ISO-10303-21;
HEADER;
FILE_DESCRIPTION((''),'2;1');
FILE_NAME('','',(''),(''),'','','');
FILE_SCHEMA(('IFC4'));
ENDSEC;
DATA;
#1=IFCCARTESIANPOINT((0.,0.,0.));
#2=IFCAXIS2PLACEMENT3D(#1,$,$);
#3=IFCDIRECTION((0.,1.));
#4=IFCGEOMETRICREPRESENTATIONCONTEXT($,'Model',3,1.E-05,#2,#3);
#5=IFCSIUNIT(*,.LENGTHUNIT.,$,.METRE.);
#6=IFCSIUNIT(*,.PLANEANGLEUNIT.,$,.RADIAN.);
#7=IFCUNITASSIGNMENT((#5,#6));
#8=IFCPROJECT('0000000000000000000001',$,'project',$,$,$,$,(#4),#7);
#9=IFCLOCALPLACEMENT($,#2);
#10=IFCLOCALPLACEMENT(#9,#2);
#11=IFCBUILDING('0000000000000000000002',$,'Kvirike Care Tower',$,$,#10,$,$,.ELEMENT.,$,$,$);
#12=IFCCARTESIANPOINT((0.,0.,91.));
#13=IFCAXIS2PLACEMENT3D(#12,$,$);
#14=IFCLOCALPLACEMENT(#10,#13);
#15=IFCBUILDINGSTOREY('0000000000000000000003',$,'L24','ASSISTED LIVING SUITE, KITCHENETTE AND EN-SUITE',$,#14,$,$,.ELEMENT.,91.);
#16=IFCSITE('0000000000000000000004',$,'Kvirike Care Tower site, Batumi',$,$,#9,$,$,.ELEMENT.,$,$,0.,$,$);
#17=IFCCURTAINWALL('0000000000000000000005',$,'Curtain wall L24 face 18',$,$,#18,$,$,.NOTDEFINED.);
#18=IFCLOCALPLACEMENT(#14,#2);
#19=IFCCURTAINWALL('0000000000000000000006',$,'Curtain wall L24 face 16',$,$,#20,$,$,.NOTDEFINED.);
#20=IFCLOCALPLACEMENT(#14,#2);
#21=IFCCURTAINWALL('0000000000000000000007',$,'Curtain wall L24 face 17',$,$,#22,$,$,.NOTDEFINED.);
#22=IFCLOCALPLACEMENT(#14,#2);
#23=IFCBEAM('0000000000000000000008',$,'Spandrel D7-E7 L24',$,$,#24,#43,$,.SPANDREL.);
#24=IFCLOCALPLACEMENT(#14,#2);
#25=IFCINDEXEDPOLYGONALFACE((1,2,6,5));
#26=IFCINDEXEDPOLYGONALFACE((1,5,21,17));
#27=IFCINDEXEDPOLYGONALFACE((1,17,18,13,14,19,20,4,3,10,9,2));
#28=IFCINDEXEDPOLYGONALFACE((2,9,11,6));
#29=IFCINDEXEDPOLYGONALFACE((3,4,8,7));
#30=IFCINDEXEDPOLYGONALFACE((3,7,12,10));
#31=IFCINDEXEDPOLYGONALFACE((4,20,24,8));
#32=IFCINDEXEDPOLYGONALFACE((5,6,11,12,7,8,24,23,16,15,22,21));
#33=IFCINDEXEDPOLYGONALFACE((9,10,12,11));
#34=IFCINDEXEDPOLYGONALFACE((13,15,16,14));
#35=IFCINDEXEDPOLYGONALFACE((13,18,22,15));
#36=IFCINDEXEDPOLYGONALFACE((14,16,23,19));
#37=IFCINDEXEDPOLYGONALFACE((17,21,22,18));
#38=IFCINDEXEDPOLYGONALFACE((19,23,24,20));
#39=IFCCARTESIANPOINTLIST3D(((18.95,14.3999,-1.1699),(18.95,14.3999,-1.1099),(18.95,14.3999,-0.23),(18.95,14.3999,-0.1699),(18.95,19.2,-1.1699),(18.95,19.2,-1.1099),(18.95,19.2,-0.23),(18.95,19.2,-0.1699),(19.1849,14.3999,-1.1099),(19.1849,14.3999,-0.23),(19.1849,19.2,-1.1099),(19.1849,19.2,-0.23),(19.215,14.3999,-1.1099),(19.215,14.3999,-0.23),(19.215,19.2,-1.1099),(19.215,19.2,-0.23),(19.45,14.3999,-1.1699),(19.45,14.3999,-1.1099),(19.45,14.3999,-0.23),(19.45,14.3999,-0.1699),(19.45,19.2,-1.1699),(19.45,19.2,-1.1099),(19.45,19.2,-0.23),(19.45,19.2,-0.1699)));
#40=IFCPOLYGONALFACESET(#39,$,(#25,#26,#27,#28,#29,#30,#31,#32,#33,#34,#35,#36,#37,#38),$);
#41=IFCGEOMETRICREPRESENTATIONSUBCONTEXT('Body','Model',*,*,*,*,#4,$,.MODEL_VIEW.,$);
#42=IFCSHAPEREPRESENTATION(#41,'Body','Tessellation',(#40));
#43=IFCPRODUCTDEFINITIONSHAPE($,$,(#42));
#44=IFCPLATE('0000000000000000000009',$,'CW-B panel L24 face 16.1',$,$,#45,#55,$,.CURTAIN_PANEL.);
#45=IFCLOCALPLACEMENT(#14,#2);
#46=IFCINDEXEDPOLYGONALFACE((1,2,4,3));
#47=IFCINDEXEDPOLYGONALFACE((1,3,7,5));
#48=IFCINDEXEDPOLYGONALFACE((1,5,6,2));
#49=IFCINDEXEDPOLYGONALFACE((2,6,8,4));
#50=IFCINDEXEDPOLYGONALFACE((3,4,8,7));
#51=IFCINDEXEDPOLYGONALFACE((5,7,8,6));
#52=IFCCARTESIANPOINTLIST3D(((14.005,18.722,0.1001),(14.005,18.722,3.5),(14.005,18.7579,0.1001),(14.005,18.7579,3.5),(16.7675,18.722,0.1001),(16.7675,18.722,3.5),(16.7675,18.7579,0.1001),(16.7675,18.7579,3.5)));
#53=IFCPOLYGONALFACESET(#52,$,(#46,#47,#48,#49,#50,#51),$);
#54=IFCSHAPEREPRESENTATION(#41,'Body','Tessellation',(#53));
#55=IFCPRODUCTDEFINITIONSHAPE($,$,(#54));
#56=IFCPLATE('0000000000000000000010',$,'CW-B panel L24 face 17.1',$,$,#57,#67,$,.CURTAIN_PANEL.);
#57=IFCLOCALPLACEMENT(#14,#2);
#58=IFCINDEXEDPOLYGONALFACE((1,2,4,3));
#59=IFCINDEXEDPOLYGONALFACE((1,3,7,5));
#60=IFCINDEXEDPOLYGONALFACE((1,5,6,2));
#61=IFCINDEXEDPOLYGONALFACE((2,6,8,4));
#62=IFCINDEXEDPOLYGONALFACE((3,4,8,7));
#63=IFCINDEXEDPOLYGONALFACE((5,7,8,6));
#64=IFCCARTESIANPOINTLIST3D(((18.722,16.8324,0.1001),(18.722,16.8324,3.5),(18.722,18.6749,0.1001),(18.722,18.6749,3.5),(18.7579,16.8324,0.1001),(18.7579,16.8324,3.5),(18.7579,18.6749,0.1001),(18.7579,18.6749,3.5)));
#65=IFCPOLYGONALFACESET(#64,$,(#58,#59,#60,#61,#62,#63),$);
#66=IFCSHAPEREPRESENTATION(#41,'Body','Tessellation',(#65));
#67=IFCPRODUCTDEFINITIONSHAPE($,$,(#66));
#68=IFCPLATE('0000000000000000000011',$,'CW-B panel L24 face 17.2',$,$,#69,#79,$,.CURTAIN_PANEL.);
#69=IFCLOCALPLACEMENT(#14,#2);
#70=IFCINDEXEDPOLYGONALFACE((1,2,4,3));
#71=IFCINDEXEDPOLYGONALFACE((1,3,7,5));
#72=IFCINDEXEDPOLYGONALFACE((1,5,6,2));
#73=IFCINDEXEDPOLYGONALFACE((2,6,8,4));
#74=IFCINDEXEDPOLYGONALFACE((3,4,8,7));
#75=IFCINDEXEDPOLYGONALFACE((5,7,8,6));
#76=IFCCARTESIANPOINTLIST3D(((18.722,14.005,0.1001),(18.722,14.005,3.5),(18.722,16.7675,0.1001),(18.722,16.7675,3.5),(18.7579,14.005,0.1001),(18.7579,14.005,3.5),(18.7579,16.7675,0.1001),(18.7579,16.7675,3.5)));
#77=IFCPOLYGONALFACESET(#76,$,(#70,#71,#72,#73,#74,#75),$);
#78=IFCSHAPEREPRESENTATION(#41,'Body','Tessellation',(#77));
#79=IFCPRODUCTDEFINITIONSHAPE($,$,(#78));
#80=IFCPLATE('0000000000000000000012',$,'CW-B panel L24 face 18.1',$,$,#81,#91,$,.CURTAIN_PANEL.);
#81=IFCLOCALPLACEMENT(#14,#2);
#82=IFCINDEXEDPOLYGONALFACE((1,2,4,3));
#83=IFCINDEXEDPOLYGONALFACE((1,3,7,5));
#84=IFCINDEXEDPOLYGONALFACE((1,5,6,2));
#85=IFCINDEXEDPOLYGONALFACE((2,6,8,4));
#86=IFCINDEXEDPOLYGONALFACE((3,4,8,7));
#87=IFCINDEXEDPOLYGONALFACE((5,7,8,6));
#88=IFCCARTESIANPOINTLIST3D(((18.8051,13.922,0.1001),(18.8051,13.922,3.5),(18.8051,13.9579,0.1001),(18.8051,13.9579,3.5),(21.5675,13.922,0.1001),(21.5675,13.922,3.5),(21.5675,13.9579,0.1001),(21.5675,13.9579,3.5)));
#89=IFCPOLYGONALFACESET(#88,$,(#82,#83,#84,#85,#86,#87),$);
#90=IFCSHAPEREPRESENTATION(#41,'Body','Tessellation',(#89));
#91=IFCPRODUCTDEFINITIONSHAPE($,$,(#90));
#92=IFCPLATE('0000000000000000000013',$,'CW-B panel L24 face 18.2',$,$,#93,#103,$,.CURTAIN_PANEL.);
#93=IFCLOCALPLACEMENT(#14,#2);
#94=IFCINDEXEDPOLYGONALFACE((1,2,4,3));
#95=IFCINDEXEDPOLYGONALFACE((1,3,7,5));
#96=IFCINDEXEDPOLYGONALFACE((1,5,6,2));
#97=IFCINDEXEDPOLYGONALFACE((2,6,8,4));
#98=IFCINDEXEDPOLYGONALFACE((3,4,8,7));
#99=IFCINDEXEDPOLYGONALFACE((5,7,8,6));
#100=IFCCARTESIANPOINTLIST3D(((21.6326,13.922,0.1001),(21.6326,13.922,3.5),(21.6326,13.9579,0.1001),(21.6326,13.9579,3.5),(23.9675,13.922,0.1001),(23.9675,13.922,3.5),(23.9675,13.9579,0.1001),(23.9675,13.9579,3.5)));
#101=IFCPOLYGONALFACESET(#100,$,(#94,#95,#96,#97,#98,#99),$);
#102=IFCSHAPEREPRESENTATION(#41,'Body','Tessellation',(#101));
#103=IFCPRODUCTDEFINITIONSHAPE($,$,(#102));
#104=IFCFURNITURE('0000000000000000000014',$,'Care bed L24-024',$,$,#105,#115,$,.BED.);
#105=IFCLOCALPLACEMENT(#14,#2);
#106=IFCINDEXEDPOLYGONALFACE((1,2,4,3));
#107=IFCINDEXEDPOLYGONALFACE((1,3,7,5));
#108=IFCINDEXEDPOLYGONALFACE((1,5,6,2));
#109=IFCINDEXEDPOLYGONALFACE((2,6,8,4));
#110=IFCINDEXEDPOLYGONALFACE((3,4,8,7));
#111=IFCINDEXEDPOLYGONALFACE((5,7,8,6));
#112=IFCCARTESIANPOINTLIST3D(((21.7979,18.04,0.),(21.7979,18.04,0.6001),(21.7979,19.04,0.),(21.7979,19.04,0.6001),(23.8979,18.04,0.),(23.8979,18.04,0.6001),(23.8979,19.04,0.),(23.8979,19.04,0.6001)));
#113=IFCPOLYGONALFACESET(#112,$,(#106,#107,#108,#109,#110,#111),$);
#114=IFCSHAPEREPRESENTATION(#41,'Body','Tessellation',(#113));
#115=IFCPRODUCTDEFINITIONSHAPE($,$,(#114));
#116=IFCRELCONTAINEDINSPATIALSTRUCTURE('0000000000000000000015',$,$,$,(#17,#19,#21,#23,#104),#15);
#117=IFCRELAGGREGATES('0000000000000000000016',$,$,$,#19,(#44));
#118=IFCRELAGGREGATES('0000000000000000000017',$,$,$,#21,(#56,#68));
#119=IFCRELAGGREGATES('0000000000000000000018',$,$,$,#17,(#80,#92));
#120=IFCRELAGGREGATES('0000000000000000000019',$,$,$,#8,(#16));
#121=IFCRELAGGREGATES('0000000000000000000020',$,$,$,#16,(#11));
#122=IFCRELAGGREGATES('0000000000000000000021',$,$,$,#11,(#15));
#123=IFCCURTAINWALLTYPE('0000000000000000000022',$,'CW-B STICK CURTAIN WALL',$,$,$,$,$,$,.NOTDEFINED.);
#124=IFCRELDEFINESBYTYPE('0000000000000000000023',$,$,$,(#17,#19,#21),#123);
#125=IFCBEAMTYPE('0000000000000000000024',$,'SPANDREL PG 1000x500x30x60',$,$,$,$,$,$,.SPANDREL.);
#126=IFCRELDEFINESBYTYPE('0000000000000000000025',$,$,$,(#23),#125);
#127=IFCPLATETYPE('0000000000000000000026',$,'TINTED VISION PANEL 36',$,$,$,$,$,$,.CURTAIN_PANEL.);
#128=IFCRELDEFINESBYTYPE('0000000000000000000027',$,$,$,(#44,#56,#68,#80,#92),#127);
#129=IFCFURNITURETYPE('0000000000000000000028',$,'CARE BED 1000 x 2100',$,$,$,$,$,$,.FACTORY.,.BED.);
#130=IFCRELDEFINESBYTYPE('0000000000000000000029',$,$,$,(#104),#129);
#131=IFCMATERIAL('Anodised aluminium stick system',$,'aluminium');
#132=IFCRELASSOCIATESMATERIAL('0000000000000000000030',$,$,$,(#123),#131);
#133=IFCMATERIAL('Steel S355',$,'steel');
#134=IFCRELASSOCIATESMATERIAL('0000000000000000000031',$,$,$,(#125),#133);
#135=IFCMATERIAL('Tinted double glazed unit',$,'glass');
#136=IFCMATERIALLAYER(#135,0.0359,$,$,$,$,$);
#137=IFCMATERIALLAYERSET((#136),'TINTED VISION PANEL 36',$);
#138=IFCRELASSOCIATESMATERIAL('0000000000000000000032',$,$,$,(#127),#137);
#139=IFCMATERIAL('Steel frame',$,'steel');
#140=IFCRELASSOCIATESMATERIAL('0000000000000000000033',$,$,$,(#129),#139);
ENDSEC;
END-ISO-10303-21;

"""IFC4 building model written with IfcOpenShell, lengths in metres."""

from ifc_helpers import new_model, si_unit, direction, frame, origin, origin_2d, place, context, subcontext, project, spatial, rectangle, i_section, extrude, material, layer, layer_set, material_profile, profile_set, type_object, element, aggregate, save


model = new_model("IFC4")

# Units and contexts
model_context = context("Model", 3, precision=1e-05, world=origin(), true_north=direction((0.0, 1.0)))
body_context = subcontext(model_context, "Body", "Model", "MODEL_VIEW")
ifc_project = project(units=[si_unit("LENGTHUNIT", "METRE"), si_unit("PLANEANGLEUNIT", "RADIAN")], contexts=[model_context])

# Site, building, storey
site_placement = place(None, origin())
site = spatial("IfcSite", under=ifc_project, at=site_placement, Name="Kvirike Care Tower site, Batumi", CompositionType="ELEMENT", RefElevation=0.0)
building_placement = place(site_placement, origin())
building = spatial("IfcBuilding", under=site, at=building_placement, Name="Kvirike Care Tower", CompositionType="ELEMENT")
storey_placement = place(building_placement, frame((0.0, 0.0, 91.0)))
storey = spatial("IfcBuildingStorey", under=building, at=storey_placement, Name="L24", Description="ASSISTED LIVING SUITE, KITCHENETTE AND EN-SUITE", CompositionType="ELEMENT", Elevation=91.0)

# Curtain walls
ifc_material_1 = material(Name="Anodised aluminium stick system", Category="aluminium")
curtain_wall_type = type_object("IfcCurtainWallType", Name="CW-B STICK CURTAIN WALL", PredefinedType="NOTDEFINED", material=ifc_material_1)
curtain_wall_1_placement = place(storey_placement, origin())
curtain_wall_1 = element("IfcCurtainWall", 1, at=curtain_wall_1_placement, inside=storey, type_object=curtain_wall_type, Name="Curtain wall L24 face 18", PredefinedType="NOTDEFINED")
curtain_wall_2_placement = place(storey_placement, origin())
curtain_wall_2 = element("IfcCurtainWall", 2, at=curtain_wall_2_placement, inside=storey, type_object=curtain_wall_type, Name="Curtain wall L24 face 16", PredefinedType="NOTDEFINED")

# Curtain wall
curtain_wall_3_placement = place(storey_placement, origin())
curtain_wall_3 = element("IfcCurtainWall", 3, at=curtain_wall_3_placement, inside=storey, type_object=curtain_wall_type, Name="Curtain wall L24 face 17", PredefinedType="NOTDEFINED")

# Beam
ifc_material_2 = material(Name="Steel S355", Category="steel")
ifc_material_profile_1 = material_profile(ifc_material_2, i_section(OverallWidth=0.5, OverallDepth=1.0, WebThickness=0.03, FlangeThickness=0.0601, at=origin_2d()), Name="PG 1000x500x30x60")
ifc_profile_set_1 = profile_set([ifc_material_profile_1], Name="Steel S355")
beam_type = type_object("IfcBeamType", Name="SPANDREL PG 1000x500x30x60", PredefinedType="SPANDREL", material=ifc_profile_set_1)
for number, where, z_axis, x_axis, name in (
    (4, (19.2, 14.3999, -0.6699), (0.0, 1.0, 0.0), (-1.0, 0.0, 0.0), "Spandrel D7-E7 L24"),
):
    element("IfcBeam", number, at=place(storey_placement, frame(where, z_axis=z_axis, x_axis=x_axis)), inside=storey, type_object=beam_type, Name=name, PredefinedType="SPANDREL", context=body_context, shape_type="SweptSolid", body=[
        extrude(i_section(OverallWidth=0.5, OverallDepth=1.0, WebThickness=0.03, FlangeThickness=0.0601, at=origin_2d()), origin(), (0.0, 0.0, 1.0), 4.8),
    ])

# Plates
ifc_material_3 = material(Name="Tinted double glazed unit", Category="glass")
ifc_layer = layer(ifc_material_3, 0.0359)
ifc_layer_set = layer_set([ifc_layer], Name="TINTED VISION PANEL 36")
plate_type = type_object("IfcPlateType", Name="TINTED VISION PANEL 36", PredefinedType="CURTAIN_PANEL", material=ifc_layer_set)
plate_1_placement = place(storey_placement, frame((15.3862, 18.74, 0.1001), z_axis=(0.0, 0.0, 1.0), x_axis=(1.0, 0.0, 0.0)))
plate_1 = element("IfcPlate", 5, at=plate_1_placement, type_object=plate_type, Name="CW-B panel L24 face 16.1", PredefinedType="CURTAIN_PANEL", context=body_context, shape_type="SweptSolid", body=[
    extrude(rectangle(XDim=2.7625, YDim=0.0359, at=origin_2d()), origin(), (0.0, 0.0, 1.0), 3.3999),
])
aggregate(curtain_wall_2, [plate_1])
plate_2_placement = place(storey_placement, frame((18.74, 17.7537, 0.1001), z_axis=(0.0, 0.0, 1.0), x_axis=(0.0, -1.0, 0.0)))
plate_2 = element("IfcPlate", 6, at=plate_2_placement, type_object=plate_type, Name="CW-B panel L24 face 17.1", PredefinedType="CURTAIN_PANEL", context=body_context, shape_type="SweptSolid", body=[
    extrude(rectangle(XDim=1.8425, YDim=0.0359, at=origin_2d()), origin(), (0.0, 0.0, 1.0), 3.3999),
])
plate_3_placement = place(storey_placement, frame((18.74, 15.3862, 0.1001), z_axis=(0.0, 0.0, 1.0), x_axis=(0.0, -1.0, 0.0)))
plate_3 = element("IfcPlate", 7, at=plate_3_placement, type_object=plate_type, Name="CW-B panel L24 face 17.2", PredefinedType="CURTAIN_PANEL", context=body_context, shape_type="SweptSolid", body=[
    extrude(rectangle(XDim=2.7625, YDim=0.0359, at=origin_2d()), origin(), (0.0, 0.0, 1.0), 3.3999),
])
aggregate(curtain_wall_3, [plate_2, plate_3])
plate_4_placement = place(storey_placement, frame((20.1863, 13.9399, 0.1001), z_axis=(0.0, 0.0, 1.0), x_axis=(1.0, 0.0, 0.0)))
plate_4 = element("IfcPlate", 8, at=plate_4_placement, type_object=plate_type, Name="CW-B panel L24 face 18.1", PredefinedType="CURTAIN_PANEL", context=body_context, shape_type="SweptSolid", body=[
    extrude(rectangle(XDim=2.7625, YDim=0.0359, at=origin_2d()), origin(), (0.0, 0.0, 1.0), 3.3999),
])
plate_5_placement = place(storey_placement, frame((22.8, 13.9399, 0.1001), z_axis=(0.0, 0.0, 1.0), x_axis=(1.0, 0.0, 0.0)))
plate_5 = element("IfcPlate", 9, at=plate_5_placement, type_object=plate_type, Name="CW-B panel L24 face 18.2", PredefinedType="CURTAIN_PANEL", context=body_context, shape_type="SweptSolid", body=[
    extrude(rectangle(XDim=2.335, YDim=0.0359, at=origin_2d()), origin(), (0.0, 0.0, 1.0), 3.3999),
])
aggregate(curtain_wall_1, [plate_4, plate_5])

# Furniture
ifc_material_4 = material(Name="Steel frame", Category="steel")
furniture_type = type_object("IfcFurnitureType", Name="CARE BED 1000 x 2100", AssemblyPlace="FACTORY", PredefinedType="BED", material=ifc_material_4)
furniture_placement = place(storey_placement, frame((22.8479, 18.54, 0.0), z_axis=(0.0, 0.0, 1.0), x_axis=(0.0, -1.0, 0.0)))
element("IfcFurniture", 10, at=furniture_placement, inside=storey, type_object=furniture_type, Name="Care bed L24-024", PredefinedType="BED", context=body_context, shape_type="SweptSolid", body=[
    extrude(rectangle(XDim=1.0, YDim=2.1001, at=origin_2d()), origin(), (0.0, 0.0, 1.0), 0.6001),
])

save(model, "model.ifc")
